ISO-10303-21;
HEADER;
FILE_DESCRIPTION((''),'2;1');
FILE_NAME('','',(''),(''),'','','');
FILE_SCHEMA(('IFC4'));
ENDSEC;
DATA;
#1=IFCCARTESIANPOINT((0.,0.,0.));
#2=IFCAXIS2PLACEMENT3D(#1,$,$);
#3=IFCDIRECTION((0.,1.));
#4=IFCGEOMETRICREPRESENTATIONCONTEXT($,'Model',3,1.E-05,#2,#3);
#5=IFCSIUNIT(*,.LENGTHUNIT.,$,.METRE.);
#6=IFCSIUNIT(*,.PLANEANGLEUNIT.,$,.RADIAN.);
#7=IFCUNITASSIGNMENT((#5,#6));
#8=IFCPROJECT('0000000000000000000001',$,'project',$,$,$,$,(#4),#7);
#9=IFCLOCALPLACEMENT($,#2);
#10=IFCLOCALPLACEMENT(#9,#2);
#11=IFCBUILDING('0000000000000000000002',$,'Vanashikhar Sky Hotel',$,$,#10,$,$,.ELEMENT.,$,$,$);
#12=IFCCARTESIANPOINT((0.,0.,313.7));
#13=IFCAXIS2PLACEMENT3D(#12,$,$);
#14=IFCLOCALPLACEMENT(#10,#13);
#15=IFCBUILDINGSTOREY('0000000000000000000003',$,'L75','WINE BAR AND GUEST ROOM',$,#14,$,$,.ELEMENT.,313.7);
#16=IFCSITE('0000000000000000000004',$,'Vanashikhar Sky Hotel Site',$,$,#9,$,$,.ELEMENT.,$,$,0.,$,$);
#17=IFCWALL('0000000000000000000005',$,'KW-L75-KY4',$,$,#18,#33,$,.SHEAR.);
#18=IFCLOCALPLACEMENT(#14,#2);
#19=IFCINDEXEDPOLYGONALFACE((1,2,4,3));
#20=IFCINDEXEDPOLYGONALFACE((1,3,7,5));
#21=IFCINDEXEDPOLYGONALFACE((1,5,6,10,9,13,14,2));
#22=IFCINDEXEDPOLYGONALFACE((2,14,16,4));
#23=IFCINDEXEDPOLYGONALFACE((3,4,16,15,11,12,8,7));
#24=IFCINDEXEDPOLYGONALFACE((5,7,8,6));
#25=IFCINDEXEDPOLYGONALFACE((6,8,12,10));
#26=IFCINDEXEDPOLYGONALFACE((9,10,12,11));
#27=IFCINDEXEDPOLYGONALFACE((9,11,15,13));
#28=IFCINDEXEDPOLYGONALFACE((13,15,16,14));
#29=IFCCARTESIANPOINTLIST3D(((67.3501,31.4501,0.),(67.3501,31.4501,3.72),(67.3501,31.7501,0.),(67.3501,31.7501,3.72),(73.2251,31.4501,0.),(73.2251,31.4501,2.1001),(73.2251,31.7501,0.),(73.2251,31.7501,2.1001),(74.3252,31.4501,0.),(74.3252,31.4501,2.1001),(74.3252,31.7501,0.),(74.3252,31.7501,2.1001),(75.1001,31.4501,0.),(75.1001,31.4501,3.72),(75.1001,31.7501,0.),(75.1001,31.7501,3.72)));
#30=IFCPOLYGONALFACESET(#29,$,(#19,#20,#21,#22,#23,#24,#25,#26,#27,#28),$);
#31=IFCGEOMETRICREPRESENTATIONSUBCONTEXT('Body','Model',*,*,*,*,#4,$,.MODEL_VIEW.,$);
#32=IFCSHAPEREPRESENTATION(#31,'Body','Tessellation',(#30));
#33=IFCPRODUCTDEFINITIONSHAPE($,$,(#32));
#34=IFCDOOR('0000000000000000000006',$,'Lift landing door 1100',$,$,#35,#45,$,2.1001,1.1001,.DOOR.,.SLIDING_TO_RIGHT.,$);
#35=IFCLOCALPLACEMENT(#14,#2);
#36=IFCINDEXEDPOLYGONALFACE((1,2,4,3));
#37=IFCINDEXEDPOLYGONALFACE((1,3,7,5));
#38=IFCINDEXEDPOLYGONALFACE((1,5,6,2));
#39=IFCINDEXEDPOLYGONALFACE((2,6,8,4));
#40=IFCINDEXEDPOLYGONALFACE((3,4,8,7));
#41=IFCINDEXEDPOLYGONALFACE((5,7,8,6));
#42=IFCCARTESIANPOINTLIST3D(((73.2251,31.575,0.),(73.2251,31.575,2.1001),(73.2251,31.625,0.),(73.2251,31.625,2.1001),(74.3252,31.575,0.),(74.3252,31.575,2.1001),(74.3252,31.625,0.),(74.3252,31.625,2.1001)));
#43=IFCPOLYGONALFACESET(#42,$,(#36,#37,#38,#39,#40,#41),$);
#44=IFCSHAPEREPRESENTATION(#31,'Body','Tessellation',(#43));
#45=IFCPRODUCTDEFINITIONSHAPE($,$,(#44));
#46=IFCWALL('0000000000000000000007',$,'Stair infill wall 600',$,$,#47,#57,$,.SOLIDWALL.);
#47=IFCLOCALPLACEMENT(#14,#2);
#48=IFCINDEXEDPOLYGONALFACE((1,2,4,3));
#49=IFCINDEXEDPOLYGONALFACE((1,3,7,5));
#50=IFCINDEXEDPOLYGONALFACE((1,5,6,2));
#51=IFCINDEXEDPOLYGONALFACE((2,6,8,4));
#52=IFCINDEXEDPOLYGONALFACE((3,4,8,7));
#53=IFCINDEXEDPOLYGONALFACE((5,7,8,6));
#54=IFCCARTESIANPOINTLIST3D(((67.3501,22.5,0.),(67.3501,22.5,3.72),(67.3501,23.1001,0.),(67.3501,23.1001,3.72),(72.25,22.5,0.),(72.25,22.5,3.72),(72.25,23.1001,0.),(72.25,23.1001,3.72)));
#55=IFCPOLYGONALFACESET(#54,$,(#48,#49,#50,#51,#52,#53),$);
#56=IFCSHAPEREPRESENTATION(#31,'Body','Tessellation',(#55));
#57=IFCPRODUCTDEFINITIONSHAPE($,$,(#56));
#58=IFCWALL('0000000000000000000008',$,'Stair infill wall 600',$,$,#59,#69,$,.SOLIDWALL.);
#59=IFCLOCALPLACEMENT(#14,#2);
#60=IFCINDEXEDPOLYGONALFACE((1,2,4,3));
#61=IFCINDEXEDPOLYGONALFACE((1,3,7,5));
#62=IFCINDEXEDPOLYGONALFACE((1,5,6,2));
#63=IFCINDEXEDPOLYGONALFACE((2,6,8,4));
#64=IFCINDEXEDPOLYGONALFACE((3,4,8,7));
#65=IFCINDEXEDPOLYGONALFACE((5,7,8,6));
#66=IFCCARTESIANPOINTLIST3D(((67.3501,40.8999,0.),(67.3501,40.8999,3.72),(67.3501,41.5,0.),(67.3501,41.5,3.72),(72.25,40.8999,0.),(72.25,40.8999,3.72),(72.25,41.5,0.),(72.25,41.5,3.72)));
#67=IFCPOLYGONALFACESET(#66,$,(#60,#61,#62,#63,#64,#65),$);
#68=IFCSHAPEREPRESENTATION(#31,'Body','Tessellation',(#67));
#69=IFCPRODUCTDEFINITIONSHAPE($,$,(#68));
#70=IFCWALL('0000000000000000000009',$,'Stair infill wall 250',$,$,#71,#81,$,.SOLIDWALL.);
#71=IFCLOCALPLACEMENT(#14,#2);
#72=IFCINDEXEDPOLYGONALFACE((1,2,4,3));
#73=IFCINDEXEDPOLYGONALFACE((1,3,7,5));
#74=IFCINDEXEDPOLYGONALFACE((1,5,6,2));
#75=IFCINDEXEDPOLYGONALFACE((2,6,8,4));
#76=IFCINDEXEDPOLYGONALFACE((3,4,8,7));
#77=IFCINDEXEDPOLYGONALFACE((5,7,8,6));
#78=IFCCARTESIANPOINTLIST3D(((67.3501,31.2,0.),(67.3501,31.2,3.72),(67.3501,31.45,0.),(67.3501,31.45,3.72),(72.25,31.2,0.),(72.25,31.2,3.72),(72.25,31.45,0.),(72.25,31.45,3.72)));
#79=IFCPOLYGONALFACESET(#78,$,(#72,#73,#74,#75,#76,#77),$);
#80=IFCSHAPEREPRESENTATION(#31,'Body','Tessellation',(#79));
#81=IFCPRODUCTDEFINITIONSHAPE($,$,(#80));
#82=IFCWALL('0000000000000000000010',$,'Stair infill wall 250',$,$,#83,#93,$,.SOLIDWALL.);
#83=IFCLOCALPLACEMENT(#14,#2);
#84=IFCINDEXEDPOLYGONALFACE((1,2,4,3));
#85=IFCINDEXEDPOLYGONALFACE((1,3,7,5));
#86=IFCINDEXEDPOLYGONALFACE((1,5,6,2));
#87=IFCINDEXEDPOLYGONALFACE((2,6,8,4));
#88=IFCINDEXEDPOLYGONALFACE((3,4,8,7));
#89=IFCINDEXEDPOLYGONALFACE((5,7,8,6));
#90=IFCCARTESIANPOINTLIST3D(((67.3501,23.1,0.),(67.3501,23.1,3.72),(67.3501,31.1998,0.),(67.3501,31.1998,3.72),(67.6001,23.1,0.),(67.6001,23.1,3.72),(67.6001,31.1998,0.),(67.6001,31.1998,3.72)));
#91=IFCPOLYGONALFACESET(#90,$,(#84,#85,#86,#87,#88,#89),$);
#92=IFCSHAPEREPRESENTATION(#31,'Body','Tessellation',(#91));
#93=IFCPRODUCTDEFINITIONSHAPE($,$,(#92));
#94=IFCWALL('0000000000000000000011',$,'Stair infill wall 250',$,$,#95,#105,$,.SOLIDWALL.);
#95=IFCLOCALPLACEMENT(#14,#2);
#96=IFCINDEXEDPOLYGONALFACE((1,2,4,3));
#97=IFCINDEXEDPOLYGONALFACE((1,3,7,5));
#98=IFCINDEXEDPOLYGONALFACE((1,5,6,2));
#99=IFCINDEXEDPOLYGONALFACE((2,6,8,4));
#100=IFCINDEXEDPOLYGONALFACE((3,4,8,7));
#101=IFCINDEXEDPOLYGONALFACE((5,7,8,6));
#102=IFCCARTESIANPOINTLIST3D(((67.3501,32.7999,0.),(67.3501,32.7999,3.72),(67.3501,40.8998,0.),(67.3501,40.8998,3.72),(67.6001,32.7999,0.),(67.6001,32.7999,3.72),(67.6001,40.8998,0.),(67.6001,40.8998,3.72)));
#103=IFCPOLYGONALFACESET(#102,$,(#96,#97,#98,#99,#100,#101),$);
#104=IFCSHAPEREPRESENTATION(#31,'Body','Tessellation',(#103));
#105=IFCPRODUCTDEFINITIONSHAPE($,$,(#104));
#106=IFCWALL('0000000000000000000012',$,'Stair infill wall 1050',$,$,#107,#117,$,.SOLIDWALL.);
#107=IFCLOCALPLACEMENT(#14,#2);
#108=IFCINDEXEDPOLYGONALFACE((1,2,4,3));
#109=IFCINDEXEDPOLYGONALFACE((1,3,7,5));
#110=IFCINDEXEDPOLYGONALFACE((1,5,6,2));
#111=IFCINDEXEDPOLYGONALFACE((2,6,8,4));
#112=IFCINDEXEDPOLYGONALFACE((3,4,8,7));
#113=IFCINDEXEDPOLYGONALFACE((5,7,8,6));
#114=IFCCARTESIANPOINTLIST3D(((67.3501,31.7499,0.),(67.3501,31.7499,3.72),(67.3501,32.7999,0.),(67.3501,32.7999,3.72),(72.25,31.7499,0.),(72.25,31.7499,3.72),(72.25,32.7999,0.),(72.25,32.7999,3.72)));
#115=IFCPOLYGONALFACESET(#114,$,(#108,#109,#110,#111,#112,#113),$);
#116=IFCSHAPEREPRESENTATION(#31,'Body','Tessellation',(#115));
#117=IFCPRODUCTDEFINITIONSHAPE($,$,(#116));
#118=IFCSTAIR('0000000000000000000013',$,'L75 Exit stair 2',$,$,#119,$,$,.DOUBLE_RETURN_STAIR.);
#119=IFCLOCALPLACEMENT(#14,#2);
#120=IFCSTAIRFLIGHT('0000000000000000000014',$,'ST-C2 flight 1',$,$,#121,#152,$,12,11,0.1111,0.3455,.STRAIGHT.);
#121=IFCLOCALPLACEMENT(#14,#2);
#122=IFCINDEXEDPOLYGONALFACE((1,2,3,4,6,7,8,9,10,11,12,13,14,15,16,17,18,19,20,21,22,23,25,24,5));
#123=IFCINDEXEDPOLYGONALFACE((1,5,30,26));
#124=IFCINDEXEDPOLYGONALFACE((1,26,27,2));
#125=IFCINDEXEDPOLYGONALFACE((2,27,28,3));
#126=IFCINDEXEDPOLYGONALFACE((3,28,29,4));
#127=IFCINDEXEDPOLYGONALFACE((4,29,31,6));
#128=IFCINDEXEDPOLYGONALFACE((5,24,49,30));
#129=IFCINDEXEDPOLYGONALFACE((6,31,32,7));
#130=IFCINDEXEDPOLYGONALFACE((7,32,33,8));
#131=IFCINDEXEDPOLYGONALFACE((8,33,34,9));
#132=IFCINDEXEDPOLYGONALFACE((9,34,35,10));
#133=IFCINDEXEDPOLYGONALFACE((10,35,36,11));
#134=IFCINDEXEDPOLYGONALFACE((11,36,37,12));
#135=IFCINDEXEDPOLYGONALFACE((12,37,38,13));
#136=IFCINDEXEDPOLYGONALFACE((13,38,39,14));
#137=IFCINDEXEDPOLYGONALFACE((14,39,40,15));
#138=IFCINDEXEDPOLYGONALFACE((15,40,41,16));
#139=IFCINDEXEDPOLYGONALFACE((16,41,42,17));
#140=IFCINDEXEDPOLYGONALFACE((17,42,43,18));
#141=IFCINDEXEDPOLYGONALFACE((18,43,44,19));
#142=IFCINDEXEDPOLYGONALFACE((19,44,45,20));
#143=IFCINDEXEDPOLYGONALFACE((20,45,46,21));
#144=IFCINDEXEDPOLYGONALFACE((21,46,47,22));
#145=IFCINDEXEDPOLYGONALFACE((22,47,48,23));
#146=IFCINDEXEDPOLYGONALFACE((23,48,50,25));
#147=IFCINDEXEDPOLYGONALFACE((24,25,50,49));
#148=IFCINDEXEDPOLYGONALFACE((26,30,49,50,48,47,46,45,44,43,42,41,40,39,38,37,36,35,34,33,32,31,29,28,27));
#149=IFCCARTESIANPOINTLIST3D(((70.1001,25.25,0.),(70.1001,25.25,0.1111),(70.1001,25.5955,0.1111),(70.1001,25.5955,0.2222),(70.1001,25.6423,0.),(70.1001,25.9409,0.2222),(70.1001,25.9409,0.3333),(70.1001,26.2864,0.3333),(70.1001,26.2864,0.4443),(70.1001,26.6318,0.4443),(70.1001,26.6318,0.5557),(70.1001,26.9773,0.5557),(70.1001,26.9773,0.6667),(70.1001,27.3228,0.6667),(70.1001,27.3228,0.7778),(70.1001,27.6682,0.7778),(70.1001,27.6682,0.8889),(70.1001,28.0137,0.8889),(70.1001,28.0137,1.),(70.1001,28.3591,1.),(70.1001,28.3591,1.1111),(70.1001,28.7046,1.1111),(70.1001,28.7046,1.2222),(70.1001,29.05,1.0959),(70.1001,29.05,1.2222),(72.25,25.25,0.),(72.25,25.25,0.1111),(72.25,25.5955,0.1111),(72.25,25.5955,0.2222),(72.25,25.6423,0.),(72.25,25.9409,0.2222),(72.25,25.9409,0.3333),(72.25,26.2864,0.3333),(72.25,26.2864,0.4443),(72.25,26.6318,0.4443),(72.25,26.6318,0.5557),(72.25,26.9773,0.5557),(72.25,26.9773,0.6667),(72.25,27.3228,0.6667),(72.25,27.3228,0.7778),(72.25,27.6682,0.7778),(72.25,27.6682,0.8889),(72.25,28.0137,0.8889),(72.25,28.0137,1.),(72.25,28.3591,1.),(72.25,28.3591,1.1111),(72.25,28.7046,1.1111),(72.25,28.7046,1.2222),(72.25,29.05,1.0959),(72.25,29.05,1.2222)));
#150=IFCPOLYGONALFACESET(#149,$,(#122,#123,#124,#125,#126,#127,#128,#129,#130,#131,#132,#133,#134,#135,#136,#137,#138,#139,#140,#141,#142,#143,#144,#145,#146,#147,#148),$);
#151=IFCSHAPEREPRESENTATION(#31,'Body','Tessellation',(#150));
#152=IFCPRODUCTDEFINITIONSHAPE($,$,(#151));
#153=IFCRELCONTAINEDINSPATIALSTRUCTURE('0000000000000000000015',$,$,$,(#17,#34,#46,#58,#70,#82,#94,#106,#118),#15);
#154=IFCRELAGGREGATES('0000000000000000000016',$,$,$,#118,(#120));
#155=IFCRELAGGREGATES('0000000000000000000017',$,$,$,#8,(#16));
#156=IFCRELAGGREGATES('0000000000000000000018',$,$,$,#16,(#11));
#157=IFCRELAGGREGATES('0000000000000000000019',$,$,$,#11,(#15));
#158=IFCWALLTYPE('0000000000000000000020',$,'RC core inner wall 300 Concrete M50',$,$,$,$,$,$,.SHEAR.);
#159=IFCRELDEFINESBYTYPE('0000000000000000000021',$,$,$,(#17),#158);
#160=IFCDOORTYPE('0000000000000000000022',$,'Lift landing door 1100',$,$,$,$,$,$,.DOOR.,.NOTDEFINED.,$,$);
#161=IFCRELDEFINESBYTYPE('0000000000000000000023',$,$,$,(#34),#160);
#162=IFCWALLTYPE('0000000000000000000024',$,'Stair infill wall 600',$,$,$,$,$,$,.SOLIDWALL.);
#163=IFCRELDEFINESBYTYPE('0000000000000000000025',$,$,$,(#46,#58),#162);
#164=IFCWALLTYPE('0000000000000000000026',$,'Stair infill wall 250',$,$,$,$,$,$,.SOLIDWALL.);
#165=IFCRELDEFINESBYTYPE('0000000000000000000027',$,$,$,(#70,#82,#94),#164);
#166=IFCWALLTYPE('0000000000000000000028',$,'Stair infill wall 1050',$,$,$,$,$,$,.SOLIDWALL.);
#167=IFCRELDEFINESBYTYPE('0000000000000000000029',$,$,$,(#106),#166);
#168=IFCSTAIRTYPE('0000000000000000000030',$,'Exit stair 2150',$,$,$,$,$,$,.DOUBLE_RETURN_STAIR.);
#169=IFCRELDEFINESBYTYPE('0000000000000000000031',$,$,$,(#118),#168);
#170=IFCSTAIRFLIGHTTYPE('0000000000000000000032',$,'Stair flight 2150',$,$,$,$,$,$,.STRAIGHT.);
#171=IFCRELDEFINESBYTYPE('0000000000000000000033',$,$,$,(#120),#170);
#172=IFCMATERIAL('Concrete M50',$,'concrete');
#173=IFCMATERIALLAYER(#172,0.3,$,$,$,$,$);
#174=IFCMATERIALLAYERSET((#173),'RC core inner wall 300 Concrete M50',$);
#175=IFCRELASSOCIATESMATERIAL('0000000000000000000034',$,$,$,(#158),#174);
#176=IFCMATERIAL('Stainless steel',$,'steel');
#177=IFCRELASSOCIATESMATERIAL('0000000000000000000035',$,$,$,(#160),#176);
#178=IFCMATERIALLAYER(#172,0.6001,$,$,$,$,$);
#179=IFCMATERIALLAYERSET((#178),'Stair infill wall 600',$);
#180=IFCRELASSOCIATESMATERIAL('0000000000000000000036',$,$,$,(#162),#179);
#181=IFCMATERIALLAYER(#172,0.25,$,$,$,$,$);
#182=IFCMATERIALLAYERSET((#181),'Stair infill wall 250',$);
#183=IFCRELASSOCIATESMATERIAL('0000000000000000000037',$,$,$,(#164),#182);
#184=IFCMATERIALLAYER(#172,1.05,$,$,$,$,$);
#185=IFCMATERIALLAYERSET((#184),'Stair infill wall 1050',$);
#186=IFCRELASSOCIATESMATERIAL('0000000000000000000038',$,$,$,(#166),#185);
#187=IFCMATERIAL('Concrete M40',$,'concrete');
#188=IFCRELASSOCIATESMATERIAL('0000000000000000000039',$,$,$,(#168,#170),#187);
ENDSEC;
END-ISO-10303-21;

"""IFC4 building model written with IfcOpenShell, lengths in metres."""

from ifc_helpers import new_model, si_unit, direction, frame, frame_2d, origin, place, context, subcontext, project, spatial, polyline, rectangle, outline, extrude, source, transform, mapped, material, layer, layer_set, type_object, element, fill, aggregate, save


model = new_model("IFC4")

# Units and contexts
model_context = context("Model", 3, precision=1e-05, world=origin(), true_north=direction((0.0, 1.0)))
body_context = subcontext(model_context, "Body", "Model", "MODEL_VIEW")
ifc_project = project(units=[si_unit("LENGTHUNIT", "METRE"), si_unit("PLANEANGLEUNIT", "RADIAN")], contexts=[model_context])

# Site, building, storey
site_placement = place(None, origin())
site = spatial("IfcSite", under=ifc_project, at=site_placement, Name="Vanashikhar Sky Hotel Site", CompositionType="ELEMENT", RefElevation=0.0)
building_placement = place(site_placement, origin())
building = spatial("IfcBuilding", under=site, at=building_placement, Name="Vanashikhar Sky Hotel", CompositionType="ELEMENT")
storey_placement = place(building_placement, frame((0.0, 0.0, 313.7)))
storey = spatial("IfcBuildingStorey", under=building, at=storey_placement, Name="L75", Description="WINE BAR AND GUEST ROOM", CompositionType="ELEMENT", Elevation=313.7)

# Wall, opening, door
ifc_material_1 = material(Name="Concrete M50", Category="concrete")
ifc_layer_1 = layer(ifc_material_1, 0.3)
ifc_layer_set_1 = layer_set([ifc_layer_1], Name="RC core inner wall 300 Concrete M50")
wall_type_1 = type_object("IfcWallType", Name="RC core inner wall 300 Concrete M50", PredefinedType="SHEAR", material=ifc_layer_set_1)
shared_shape_1 = source(origin(), body_context, "Body", "SweptSolid", [
    extrude(rectangle(XDim=7.75, YDim=0.3, at=frame_2d((3.875, 0.0))), origin(), (0.0, 0.0, 1.0), 3.72),
])
wall_1_placement = place(storey_placement, frame((67.3501, 31.6001, 0.0), z_axis=(0.0, 0.0, 1.0), x_axis=(1.0, 0.0, 0.0)))
wall_1 = element("IfcWall", 1, at=wall_1_placement, inside=storey, type_object=wall_type_1, Name="KW-L75-KY4", PredefinedType="SHEAR", context=body_context, shape_type="MappedRepresentation", body=[
    mapped(shared_shape_1, transform((0.0, 0.0, 0.0), scale=1.0)),
])
shared_shape_2 = source(origin(), body_context, "Body", "SweptSolid", [
    extrude(rectangle(XDim=1.1001, YDim=2.1001, at=frame_2d((0.55, 1.05))), frame((0.0, 0.1602, 0.0), z_axis=(0.0, -1.0, 0.0), x_axis=(1.0, 0.0, 0.0)), (0.0, 0.0, 1.0), 0.3201),
])
opening_placement = place(wall_1_placement, frame((5.875, 0.0, 0.0)))
opening = element("IfcOpeningElement", 2, at=opening_placement, cuts=wall_1, PredefinedType="OPENING", context=body_context, shape_type="MappedRepresentation", body=[
    mapped(shared_shape_2, transform((0.0, 0.0, 0.0), scale=1.0)),
])
ifc_material_2 = material(Name="Stainless steel", Category="steel")
door_type = type_object("IfcDoorType", Name="Lift landing door 1100", OperationType="NOTDEFINED", PredefinedType="DOOR", material=ifc_material_2)
shared_shape_3 = source(origin(), body_context, "Body", "SweptSolid", [
    extrude(rectangle(XDim=1.1001, YDim=2.1001, at=frame_2d((0.55, 1.05))), frame((0.0, 0.0249, 0.0), z_axis=(0.0, -1.0, 0.0), x_axis=(1.0, 0.0, 0.0)), (0.0, 0.0, 1.0), 0.05),
])
door_placement = place(opening_placement, origin())
door = element("IfcDoor", 3, at=door_placement, inside=storey, type_object=door_type, Name="Lift landing door 1100", OperationType="SLIDING_TO_RIGHT", OverallHeight=2.1001, OverallWidth=1.1001, PredefinedType="DOOR", context=body_context, shape_type="MappedRepresentation", body=[
    mapped(shared_shape_3, transform((0.0, 0.0, 0.0), scale=1.0)),
])
fill(opening, door)

# Walls
ifc_layer_2 = layer(ifc_material_1, 0.6001)
ifc_layer_set_2 = layer_set([ifc_layer_2], Name="Stair infill wall 600")
wall_type_2 = type_object("IfcWallType", Name="Stair infill wall 600", PredefinedType="SOLIDWALL", material=ifc_layer_set_2)
shared_shape_4 = source(origin(), body_context, "Body", "SweptSolid", [
    extrude(rectangle(XDim=4.8999, YDim=0.6001, at=frame_2d((2.45, 0.0))), origin(), (0.0, 0.0, 1.0), 3.72),
])
for number, where, z_axis, x_axis, name in (
    (4, (67.3501, 22.8, 0.0), (0.0, 0.0, 1.0), (1.0, 0.0, 0.0), "Stair infill wall 600"),
    (5, (67.3501, 41.2, 0.0), (0.0, 0.0, 1.0), (1.0, 0.0, 0.0), "Stair infill wall 600"),
):
    element("IfcWall", number, at=place(storey_placement, frame(where, z_axis=z_axis, x_axis=x_axis)), inside=storey, type_object=wall_type_2, Name=name, PredefinedType="SOLIDWALL", context=body_context, shape_type="MappedRepresentation", body=[
        mapped(shared_shape_4, transform((0.0, 0.0, 0.0), scale=1.0)),
    ])
ifc_layer_3 = layer(ifc_material_1, 0.25)
ifc_layer_set_3 = layer_set([ifc_layer_3], Name="Stair infill wall 250")
wall_type_3 = type_object("IfcWallType", Name="Stair infill wall 250", PredefinedType="SOLIDWALL", material=ifc_layer_set_3)
shared_shape_5 = source(origin(), body_context, "Body", "SweptSolid", [
    extrude(rectangle(XDim=4.8999, YDim=0.25, at=frame_2d((2.45, 0.0))), origin(), (0.0, 0.0, 1.0), 3.72),
])
wall_2_placement = place(storey_placement, frame((67.3501, 31.325, 0.0), z_axis=(0.0, 0.0, 1.0), x_axis=(1.0, 0.0, 0.0)))
element("IfcWall", 6, at=wall_2_placement, inside=storey, type_object=wall_type_3, Name="Stair infill wall 250", PredefinedType="SOLIDWALL", context=body_context, shape_type="MappedRepresentation", body=[
    mapped(shared_shape_5, transform((0.0, 0.0, 0.0), scale=1.0)),
])
shared_shape_6 = source(origin(), body_context, "Body", "SweptSolid", [
    extrude(rectangle(XDim=8.0999, YDim=0.25, at=frame_2d((4.0498, 0.0))), origin(), (0.0, 0.0, 1.0), 3.72),
])
for number, where, z_axis, x_axis, name in (
    (7, (67.4751, 23.1001, 0.0), (0.0, 0.0, 1.0), (0.0, 1.0, 0.0), "Stair infill wall 250"),
    (8, (67.4751, 32.8, 0.0), (0.0, 0.0, 1.0), (0.0, 1.0, 0.0), "Stair infill wall 250"),
):
    element("IfcWall", number, at=place(storey_placement, frame(where, z_axis=z_axis, x_axis=x_axis)), inside=storey, type_object=wall_type_3, Name=name, PredefinedType="SOLIDWALL", context=body_context, shape_type="MappedRepresentation", body=[
        mapped(shared_shape_6, transform((0.0, 0.0, 0.0), scale=1.0)),
    ])
ifc_layer_4 = layer(ifc_material_1, 1.05)
ifc_layer_set_4 = layer_set([ifc_layer_4], Name="Stair infill wall 1050")
wall_type_4 = type_object("IfcWallType", Name="Stair infill wall 1050", PredefinedType="SOLIDWALL", material=ifc_layer_set_4)
shared_shape_7 = source(origin(), body_context, "Body", "SweptSolid", [
    extrude(rectangle(XDim=4.8999, YDim=1.05, at=frame_2d((2.45, 0.0))), origin(), (0.0, 0.0, 1.0), 3.72),
])
wall_3_placement = place(storey_placement, frame((67.3501, 32.2749, 0.0), z_axis=(0.0, 0.0, 1.0), x_axis=(1.0, 0.0, 0.0)))
element("IfcWall", 9, at=wall_3_placement, inside=storey, type_object=wall_type_4, Name="Stair infill wall 1050", PredefinedType="SOLIDWALL", context=body_context, shape_type="MappedRepresentation", body=[
    mapped(shared_shape_7, transform((0.0, 0.0, 0.0), scale=1.0)),
])

# Stair, stair flight
ifc_material_3 = material(Name="Concrete M40", Category="concrete")
stair_type = type_object("IfcStairType", Name="Exit stair 2150", PredefinedType="DOUBLE_RETURN_STAIR", material=ifc_material_3)
stair_1_placement = place(storey_placement, origin())
stair_1 = element("IfcStair", 10, at=stair_1_placement, inside=storey, type_object=stair_type, Name="L75 Exit stair 2", PredefinedType="DOUBLE_RETURN_STAIR")
stair_flight_type = type_object("IfcStairFlightType", Name="Stair flight 2150", PredefinedType="STRAIGHT", material=ifc_material_3)
shared_shape_8 = source(origin(), body_context, "Body", "SweptSolid", [
    extrude(outline(polyline([(0.0, 0.0), (0.0, 0.1111), (0.3455, 0.1111), (0.3455, 0.2222), (0.6909, 0.2222), (0.6909, 0.3333), (1.0364, 0.3333), (1.0364, 0.4443), (1.3818, 0.4443), (1.3818, 0.5557), (1.7273, 0.5557), (1.7273, 0.6667), (2.0728, 0.6667), (2.0728, 0.7778), (2.4182, 0.7778), (2.4182, 0.8889), (2.7637, 0.8889), (2.7637, 1.0), (3.1091, 1.0), (3.1091, 1.1111), (3.4546, 1.1111), (3.4546, 1.2222), (3.8, 1.2222), (3.8, 1.3333), (3.8, 1.0959), (0.3923, 0.0), (0.0, 0.0)])), frame((0.0, 1.075, 0.0), z_axis=(0.0, -1.0, 0.0), x_axis=(1.0, 0.0, 0.0)), (0.0, 0.0, 1.0), 2.1499),
])
stair_flight_1_placement = place(storey_placement, frame((71.175, 25.25, 0.0), z_axis=(0.0, 0.0, 1.0), x_axis=(0.0, 1.0, 0.0)))
stair_flight_1 = element("IfcStairFlight", 11, at=stair_flight_1_placement, type_object=stair_flight_type, Name="ST-C2 flight 1", NumberOfRisers=12, NumberOfTreads=11, PredefinedType="STRAIGHT", RiserHeight=0.1111, TreadLength=0.3455, context=body_context, shape_type="MappedRepresentation", body=[
    mapped(shared_shape_8, transform((0.0, 0.0, 0.0), scale=1.0)),
])
aggregate(stair_1, [stair_flight_1])

save(model, "model.ifc")
